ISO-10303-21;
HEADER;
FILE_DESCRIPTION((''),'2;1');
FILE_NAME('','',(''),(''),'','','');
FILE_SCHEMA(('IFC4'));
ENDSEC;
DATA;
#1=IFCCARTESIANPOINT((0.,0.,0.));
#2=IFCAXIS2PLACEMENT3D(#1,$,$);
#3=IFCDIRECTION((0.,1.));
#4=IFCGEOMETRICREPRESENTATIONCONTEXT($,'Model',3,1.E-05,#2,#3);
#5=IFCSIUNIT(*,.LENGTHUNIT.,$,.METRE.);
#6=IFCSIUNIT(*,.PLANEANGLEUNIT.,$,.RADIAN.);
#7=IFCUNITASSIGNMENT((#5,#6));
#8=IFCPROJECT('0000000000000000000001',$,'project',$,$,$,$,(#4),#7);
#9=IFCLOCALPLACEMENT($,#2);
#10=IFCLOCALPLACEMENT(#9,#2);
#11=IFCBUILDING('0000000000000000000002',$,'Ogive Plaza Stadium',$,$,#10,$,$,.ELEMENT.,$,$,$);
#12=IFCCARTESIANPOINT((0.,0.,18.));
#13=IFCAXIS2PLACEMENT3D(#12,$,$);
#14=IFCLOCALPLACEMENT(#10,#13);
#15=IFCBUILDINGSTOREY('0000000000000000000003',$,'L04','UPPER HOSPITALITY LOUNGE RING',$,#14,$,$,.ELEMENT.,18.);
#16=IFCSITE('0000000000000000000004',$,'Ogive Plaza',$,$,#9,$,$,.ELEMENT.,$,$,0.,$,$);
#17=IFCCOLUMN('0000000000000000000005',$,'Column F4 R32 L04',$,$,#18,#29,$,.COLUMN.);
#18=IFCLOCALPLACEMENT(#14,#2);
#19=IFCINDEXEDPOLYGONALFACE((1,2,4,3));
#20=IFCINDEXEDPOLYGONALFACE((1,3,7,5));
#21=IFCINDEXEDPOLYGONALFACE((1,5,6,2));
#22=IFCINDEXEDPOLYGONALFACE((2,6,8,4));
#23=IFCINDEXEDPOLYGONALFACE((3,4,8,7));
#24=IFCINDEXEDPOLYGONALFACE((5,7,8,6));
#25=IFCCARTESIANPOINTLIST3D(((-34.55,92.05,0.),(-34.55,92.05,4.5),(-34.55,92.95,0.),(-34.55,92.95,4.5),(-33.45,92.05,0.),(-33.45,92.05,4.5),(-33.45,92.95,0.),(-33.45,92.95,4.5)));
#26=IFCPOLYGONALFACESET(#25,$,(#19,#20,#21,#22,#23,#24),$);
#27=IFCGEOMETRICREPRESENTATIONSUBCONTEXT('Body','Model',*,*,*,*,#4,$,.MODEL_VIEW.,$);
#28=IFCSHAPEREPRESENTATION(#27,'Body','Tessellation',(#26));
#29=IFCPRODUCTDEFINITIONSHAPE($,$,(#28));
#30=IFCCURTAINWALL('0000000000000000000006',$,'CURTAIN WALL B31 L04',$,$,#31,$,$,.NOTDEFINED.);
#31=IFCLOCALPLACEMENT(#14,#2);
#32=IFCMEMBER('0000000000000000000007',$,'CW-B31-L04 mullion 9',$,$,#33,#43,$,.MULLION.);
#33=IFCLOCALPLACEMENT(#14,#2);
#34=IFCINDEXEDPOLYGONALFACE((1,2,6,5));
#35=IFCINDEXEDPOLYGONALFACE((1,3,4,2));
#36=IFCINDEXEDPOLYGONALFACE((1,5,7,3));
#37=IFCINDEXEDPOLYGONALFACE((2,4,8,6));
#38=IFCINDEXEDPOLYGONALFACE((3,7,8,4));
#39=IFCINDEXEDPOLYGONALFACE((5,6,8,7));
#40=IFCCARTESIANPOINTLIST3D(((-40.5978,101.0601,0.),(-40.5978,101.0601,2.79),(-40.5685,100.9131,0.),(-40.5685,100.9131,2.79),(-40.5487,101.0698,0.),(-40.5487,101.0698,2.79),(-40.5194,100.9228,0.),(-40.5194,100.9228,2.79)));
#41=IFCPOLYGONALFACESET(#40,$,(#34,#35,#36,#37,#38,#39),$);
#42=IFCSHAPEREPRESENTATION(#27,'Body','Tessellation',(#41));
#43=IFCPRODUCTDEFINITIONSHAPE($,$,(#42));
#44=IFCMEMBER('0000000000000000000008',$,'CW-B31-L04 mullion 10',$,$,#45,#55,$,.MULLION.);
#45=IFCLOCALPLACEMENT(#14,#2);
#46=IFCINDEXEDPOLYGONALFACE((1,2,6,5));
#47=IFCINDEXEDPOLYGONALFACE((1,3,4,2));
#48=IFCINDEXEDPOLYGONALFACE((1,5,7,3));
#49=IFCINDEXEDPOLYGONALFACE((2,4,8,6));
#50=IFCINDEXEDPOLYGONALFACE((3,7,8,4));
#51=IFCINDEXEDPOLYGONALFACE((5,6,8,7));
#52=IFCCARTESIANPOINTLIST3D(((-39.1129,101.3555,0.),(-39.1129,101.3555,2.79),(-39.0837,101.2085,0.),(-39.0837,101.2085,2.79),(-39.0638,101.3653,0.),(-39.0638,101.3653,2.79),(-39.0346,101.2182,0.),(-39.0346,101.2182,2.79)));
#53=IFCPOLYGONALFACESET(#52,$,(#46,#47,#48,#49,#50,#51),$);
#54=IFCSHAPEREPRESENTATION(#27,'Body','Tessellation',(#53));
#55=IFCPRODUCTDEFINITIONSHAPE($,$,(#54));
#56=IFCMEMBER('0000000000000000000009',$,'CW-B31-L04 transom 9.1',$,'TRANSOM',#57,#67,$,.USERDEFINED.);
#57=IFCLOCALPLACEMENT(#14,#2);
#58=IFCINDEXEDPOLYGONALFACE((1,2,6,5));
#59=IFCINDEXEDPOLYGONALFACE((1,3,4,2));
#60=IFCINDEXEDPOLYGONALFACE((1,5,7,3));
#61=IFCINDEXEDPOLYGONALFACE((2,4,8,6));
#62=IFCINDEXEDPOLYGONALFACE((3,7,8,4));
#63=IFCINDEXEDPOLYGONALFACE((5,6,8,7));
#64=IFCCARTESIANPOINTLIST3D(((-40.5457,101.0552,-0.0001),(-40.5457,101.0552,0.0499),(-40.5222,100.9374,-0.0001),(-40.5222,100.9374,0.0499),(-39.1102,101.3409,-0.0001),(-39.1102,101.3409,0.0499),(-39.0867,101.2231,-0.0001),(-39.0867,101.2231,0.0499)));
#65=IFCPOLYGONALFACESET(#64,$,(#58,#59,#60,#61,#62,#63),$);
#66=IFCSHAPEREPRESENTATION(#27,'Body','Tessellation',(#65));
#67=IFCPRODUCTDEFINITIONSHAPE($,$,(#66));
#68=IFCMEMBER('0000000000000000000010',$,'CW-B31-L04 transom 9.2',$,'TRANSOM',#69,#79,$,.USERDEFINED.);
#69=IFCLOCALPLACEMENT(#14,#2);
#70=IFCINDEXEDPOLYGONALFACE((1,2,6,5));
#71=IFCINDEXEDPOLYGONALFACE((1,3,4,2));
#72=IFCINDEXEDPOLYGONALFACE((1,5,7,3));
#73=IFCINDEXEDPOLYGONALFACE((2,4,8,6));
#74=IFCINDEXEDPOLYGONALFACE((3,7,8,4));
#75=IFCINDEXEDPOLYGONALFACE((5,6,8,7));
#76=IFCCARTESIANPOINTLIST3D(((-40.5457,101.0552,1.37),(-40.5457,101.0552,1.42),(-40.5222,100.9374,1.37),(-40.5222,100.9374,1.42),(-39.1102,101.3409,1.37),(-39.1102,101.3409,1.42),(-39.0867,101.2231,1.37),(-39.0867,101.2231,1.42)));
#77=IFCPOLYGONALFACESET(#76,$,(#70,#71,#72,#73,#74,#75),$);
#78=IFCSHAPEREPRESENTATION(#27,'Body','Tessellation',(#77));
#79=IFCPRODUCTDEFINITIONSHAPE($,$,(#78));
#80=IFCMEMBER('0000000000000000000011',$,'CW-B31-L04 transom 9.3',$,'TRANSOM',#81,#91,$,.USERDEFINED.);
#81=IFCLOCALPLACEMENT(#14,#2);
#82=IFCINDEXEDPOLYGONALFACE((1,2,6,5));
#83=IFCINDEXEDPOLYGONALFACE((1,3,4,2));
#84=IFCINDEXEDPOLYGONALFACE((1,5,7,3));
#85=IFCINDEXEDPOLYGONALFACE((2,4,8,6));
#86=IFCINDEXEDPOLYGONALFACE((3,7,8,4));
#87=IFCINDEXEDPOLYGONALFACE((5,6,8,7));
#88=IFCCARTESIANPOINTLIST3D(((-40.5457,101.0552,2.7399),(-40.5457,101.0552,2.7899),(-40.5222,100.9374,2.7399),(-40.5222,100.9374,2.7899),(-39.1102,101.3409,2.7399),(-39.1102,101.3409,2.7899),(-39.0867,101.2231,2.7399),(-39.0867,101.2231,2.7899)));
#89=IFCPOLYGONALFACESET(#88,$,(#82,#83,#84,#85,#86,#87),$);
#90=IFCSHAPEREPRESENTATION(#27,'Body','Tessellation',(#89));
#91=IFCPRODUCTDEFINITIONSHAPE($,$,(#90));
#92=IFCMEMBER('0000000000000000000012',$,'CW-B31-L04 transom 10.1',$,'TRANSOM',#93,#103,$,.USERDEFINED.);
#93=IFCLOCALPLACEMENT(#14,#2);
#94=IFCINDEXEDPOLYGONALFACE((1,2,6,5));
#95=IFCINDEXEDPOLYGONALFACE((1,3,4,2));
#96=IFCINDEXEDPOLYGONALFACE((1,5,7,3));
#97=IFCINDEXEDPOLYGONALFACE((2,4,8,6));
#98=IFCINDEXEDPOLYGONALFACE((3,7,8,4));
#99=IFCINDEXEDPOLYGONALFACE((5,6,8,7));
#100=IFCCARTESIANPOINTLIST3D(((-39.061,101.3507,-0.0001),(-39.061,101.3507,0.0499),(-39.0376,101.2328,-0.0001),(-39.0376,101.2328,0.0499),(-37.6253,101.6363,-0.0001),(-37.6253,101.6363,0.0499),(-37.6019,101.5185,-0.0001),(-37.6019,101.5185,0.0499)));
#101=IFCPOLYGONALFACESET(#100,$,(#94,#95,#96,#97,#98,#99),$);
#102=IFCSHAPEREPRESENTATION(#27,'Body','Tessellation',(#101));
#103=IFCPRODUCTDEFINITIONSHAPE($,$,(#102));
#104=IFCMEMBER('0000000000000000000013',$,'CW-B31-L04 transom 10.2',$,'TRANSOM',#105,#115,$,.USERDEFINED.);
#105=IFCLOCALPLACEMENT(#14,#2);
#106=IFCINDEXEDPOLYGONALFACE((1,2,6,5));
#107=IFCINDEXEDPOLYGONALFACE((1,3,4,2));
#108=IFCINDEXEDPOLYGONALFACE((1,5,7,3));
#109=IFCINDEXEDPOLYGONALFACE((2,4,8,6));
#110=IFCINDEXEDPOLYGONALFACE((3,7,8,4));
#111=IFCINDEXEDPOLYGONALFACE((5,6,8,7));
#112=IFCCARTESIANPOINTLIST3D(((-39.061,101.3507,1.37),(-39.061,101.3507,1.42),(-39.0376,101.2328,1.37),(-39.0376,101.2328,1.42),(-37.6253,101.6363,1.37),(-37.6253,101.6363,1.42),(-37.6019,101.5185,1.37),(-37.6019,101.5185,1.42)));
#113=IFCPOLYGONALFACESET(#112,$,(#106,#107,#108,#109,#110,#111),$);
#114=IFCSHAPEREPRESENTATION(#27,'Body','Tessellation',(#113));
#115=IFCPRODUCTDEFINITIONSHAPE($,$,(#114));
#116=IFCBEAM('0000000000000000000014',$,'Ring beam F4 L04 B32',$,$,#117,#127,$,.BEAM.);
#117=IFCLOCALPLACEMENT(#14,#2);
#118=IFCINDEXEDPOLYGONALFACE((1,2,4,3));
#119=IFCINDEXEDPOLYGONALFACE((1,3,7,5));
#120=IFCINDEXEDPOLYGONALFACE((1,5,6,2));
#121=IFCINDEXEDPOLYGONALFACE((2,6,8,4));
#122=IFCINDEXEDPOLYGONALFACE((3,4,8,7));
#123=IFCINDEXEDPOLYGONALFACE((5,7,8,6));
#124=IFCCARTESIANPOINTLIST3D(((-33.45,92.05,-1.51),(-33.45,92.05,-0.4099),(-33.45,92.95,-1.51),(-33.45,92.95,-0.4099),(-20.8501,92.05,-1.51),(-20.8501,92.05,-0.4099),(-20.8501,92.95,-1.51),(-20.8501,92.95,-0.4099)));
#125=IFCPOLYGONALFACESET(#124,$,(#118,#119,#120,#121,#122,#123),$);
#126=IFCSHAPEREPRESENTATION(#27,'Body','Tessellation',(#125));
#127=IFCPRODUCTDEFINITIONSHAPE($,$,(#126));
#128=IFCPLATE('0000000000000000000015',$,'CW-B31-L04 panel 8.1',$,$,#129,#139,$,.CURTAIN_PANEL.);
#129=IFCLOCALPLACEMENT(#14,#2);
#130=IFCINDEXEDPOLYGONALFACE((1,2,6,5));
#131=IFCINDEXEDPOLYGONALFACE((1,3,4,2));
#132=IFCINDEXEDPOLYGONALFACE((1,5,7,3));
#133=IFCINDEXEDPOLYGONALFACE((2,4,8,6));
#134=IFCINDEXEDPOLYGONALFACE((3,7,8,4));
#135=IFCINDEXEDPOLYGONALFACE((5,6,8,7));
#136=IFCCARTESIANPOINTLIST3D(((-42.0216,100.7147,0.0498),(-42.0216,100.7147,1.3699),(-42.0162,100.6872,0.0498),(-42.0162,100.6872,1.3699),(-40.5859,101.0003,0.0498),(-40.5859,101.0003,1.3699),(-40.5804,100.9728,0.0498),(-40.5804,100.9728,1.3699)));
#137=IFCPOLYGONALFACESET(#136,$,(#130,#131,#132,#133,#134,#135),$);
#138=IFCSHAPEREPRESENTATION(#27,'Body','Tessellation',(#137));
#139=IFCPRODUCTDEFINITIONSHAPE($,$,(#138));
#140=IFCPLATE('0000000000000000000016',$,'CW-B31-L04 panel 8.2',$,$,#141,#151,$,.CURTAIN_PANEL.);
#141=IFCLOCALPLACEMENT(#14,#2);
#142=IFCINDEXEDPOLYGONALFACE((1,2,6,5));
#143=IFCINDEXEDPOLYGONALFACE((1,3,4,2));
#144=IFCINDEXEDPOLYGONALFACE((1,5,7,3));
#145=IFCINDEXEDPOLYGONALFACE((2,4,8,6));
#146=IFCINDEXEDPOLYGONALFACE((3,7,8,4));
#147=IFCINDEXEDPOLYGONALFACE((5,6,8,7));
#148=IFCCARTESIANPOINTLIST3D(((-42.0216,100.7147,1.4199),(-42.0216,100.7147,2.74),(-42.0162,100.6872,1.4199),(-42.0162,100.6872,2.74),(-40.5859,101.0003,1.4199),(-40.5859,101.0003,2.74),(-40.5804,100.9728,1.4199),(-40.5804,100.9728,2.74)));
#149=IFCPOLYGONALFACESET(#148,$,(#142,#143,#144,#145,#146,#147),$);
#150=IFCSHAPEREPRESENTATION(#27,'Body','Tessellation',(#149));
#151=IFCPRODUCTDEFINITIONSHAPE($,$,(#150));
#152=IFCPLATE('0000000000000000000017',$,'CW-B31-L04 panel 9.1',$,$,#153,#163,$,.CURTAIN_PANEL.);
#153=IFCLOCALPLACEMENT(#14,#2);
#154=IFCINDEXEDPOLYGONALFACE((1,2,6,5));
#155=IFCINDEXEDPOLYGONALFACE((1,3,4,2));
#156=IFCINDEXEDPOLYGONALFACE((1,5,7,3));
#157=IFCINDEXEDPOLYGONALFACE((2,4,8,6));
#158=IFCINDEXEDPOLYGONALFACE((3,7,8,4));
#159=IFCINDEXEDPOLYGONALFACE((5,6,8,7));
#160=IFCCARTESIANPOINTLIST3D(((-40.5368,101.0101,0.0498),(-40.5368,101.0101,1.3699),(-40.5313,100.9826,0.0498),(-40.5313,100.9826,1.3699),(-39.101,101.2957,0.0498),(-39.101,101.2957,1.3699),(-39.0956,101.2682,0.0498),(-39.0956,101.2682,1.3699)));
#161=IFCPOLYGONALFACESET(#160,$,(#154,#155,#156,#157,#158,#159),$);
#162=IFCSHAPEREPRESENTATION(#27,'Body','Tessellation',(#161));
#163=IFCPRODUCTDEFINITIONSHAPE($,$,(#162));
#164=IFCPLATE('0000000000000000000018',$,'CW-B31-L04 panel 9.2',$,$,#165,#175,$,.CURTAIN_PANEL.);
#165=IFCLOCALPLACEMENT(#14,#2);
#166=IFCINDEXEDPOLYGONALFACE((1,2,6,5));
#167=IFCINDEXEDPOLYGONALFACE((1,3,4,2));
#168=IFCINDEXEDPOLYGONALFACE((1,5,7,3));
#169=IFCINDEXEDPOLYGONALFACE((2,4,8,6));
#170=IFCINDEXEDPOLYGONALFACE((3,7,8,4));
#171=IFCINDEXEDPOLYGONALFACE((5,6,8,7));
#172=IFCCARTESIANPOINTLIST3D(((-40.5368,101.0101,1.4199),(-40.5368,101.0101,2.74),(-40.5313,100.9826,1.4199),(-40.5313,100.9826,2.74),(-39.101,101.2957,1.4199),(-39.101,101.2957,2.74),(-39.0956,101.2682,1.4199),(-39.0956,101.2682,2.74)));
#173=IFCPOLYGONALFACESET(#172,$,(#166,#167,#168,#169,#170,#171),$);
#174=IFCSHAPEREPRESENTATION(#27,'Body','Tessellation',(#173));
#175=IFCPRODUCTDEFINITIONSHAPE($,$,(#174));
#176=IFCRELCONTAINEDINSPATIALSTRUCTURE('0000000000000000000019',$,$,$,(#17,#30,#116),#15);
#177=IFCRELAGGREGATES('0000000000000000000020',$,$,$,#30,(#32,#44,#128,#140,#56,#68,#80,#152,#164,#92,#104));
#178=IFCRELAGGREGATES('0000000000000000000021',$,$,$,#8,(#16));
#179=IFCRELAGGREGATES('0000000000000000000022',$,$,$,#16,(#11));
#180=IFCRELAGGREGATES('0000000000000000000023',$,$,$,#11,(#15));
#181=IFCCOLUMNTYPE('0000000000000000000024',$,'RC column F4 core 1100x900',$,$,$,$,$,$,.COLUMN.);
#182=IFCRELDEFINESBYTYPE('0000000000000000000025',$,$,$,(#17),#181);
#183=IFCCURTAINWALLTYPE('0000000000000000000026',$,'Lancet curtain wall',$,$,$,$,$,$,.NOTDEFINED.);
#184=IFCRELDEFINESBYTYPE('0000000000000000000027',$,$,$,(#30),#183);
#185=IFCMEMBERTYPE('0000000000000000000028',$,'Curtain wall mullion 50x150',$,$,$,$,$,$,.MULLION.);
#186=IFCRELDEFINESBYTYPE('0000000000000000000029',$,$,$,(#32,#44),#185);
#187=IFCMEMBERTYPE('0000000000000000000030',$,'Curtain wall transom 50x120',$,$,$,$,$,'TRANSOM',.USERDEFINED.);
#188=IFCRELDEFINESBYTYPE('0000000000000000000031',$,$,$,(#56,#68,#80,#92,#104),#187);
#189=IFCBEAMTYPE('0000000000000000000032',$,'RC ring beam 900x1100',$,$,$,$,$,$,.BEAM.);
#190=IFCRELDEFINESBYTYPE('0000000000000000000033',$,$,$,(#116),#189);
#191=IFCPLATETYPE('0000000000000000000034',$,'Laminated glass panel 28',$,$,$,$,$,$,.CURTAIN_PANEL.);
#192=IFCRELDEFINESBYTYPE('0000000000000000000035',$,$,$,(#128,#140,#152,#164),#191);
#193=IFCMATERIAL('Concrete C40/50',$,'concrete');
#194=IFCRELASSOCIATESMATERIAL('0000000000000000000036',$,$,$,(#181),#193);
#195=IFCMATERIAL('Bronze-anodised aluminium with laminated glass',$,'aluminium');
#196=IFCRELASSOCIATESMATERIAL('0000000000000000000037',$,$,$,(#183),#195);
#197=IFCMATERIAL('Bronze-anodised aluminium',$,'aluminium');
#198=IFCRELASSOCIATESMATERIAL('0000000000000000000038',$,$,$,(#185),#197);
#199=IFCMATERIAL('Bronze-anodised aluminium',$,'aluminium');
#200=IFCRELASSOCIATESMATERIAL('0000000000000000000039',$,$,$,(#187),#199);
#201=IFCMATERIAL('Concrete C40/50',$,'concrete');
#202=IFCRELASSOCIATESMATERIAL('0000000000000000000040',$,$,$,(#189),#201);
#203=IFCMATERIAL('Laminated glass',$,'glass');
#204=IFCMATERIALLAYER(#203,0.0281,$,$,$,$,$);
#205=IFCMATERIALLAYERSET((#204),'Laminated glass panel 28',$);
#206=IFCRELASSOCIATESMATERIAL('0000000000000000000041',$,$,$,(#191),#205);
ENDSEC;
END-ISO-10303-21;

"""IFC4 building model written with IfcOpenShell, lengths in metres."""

from ifc_helpers import new_model, si_unit, direction, frame, origin, origin_2d, place, context, subcontext, project, spatial, rectangle, extrude, material, layer, layer_set, material_profile, profile_set, type_object, element, aggregate, save


model = new_model("IFC4")

# Units and contexts
model_context = context("Model", 3, precision=1e-05, world=origin(), true_north=direction((0.0, 1.0)))
body_context = subcontext(model_context, "Body", "Model", "MODEL_VIEW")
ifc_project = project(units=[si_unit("LENGTHUNIT", "METRE"), si_unit("PLANEANGLEUNIT", "RADIAN")], contexts=[model_context])

# Site, building, storey
site_placement = place(None, origin())
site = spatial("IfcSite", under=ifc_project, at=site_placement, Name="Ogive Plaza", CompositionType="ELEMENT", RefElevation=0.0)
building_placement = place(site_placement, origin())
building = spatial("IfcBuilding", under=site, at=building_placement, Name="Ogive Plaza Stadium", CompositionType="ELEMENT")
storey_placement = place(building_placement, frame((0.0, 0.0, 18.0)))
storey = spatial("IfcBuildingStorey", under=building, at=storey_placement, Name="L04", Description="UPPER HOSPITALITY LOUNGE RING", CompositionType="ELEMENT", Elevation=18.0)

# Column
ifc_material_1 = material(Name="Concrete C40/50", Category="concrete")
ifc_material_profile_1 = material_profile(ifc_material_1, rectangle(XDim=1.1001, YDim=0.8999, at=origin_2d()), Name="RC 1100x900")
ifc_profile_set_1 = profile_set([ifc_material_profile_1], Name="Concrete C40/50")
column_type = type_object("IfcColumnType", Name="RC column F4 core 1100x900", PredefinedType="COLUMN", material=ifc_profile_set_1)
column_placement = place(storey_placement, frame((-34.0, 92.5, 0.0), z_axis=(0.0, 0.0, 1.0), x_axis=(-1.0, 0.0, 0.0)))
element("IfcColumn", 1, at=column_placement, inside=storey, type_object=column_type, Name="Column F4 R32 L04", PredefinedType="COLUMN", context=body_context, shape_type="SweptSolid", body=[
    extrude(rectangle(XDim=1.1001, YDim=0.8999, at=origin_2d()), origin(), (0.0, 0.0, 1.0), 4.5),
])

# Curtain wall, members
ifc_material_2 = material(Name="Bronze-anodised aluminium with laminated glass", Category="aluminium")
curtain_wall_type = type_object("IfcCurtainWallType", Name="Lancet curtain wall", PredefinedType="NOTDEFINED", material=ifc_material_2)
curtain_wall_placement = place(storey_placement, origin())
curtain_wall = element("IfcCurtainWall", 2, at=curtain_wall_placement, inside=storey, type_object=curtain_wall_type, Name="CURTAIN WALL B31 L04", PredefinedType="NOTDEFINED")
ifc_material_3 = material(Name="Bronze-anodised aluminium", Category="aluminium")
ifc_material_profile_2 = material_profile(ifc_material_3, rectangle(XDim=0.1499, YDim=0.05, at=origin_2d()), Name="AL 150x50")
ifc_profile_set_2 = profile_set([ifc_material_profile_2], Name="Bronze-anodised aluminium")
member_type_1 = type_object("IfcMemberType", Name="Curtain wall mullion 50x150", PredefinedType="MULLION", material=ifc_profile_set_2)
member_1_placement = place(storey_placement, frame((-40.5586, 100.9915, 0.0), z_axis=(0.0, 0.0, 1.0), x_axis=(-0.19509, 0.980785, 0.0)))
member_1 = element("IfcMember", 3, at=member_1_placement, type_object=member_type_1, Name="CW-B31-L04 mullion 9", PredefinedType="MULLION", context=body_context, shape_type="SweptSolid", body=[
    extrude(rectangle(XDim=0.1499, YDim=0.05, at=origin_2d()), origin(), (0.0, 0.0, 1.0), 2.79),
])
member_2_placement = place(storey_placement, frame((-39.0737, 101.2869, 0.0), z_axis=(0.0, 0.0, 1.0), x_axis=(-0.19509, 0.980785, 0.0)))
member_2 = element("IfcMember", 4, at=member_2_placement, type_object=member_type_1, Name="CW-B31-L04 mullion 10", PredefinedType="MULLION", context=body_context, shape_type="SweptSolid", body=[
    extrude(rectangle(XDim=0.1499, YDim=0.05, at=origin_2d()), origin(), (0.0, 0.0, 1.0), 2.79),
])
ifc_material_4 = material(Name="Bronze-anodised aluminium", Category="aluminium")
ifc_material_profile_3 = material_profile(ifc_material_4, rectangle(XDim=0.1201, YDim=0.05, at=origin_2d()), Name="AL 120x50")
ifc_profile_set_3 = profile_set([ifc_material_profile_3], Name="Bronze-anodised aluminium")
member_type_2 = type_object("IfcMemberType", Name="Curtain wall transom 50x120", ElementType="TRANSOM", PredefinedType="USERDEFINED", material=ifc_profile_set_3)
member_3_placement = place(storey_placement, frame((-40.5339, 100.9963, 0.0249), z_axis=(0.980773, 0.195154, 0.0), x_axis=(-0.195154, 0.980773, 0.0)))
member_3 = element("IfcMember", 5, at=member_3_placement, type_object=member_type_2, Name="CW-B31-L04 transom 9.1", ObjectType="TRANSOM", PredefinedType="USERDEFINED", context=body_context, shape_type="SweptSolid", body=[
    extrude(rectangle(XDim=0.1201, YDim=0.05, at=origin_2d()), origin(), (0.0, 0.0, 1.0), 1.4636),
])
member_4_placement = place(storey_placement, frame((-40.5339, 100.9963, 1.395), z_axis=(0.980773, 0.195154, 0.0), x_axis=(-0.195154, 0.980773, 0.0)))
member_4 = element("IfcMember", 6, at=member_4_placement, type_object=member_type_2, Name="CW-B31-L04 transom 9.2", ObjectType="TRANSOM", PredefinedType="USERDEFINED", context=body_context, shape_type="SweptSolid", body=[
    extrude(rectangle(XDim=0.1201, YDim=0.05, at=origin_2d()), origin(), (0.0, 0.0, 1.0), 1.4636),
])
member_5_placement = place(storey_placement, frame((-40.5339, 100.9963, 2.7649), z_axis=(0.980773, 0.195154, 0.0), x_axis=(-0.195154, 0.980773, 0.0)))
member_5 = element("IfcMember", 7, at=member_5_placement, type_object=member_type_2, Name="CW-B31-L04 transom 9.3", ObjectType="TRANSOM", PredefinedType="USERDEFINED", context=body_context, shape_type="SweptSolid", body=[
    extrude(rectangle(XDim=0.1201, YDim=0.05, at=origin_2d()), origin(), (0.0, 0.0, 1.0), 1.4636),
])
member_6_placement = place(storey_placement, frame((-39.0493, 101.2917, 0.0249), z_axis=(0.980779, 0.195122, 0.0), x_axis=(-0.195122, 0.980779, 0.0)))
member_6 = element("IfcMember", 8, at=member_6_placement, type_object=member_type_2, Name="CW-B31-L04 transom 10.1", ObjectType="TRANSOM", PredefinedType="USERDEFINED", context=body_context, shape_type="SweptSolid", body=[
    extrude(rectangle(XDim=0.1201, YDim=0.05, at=origin_2d()), origin(), (0.0, 0.0, 1.0), 1.4639),
])
member_7_placement = place(storey_placement, frame((-39.0493, 101.2917, 1.395), z_axis=(0.980779, 0.195122, 0.0), x_axis=(-0.195122, 0.980779, 0.0)))
member_7 = element("IfcMember", 9, at=member_7_placement, type_object=member_type_2, Name="CW-B31-L04 transom 10.2", ObjectType="TRANSOM", PredefinedType="USERDEFINED", context=body_context, shape_type="SweptSolid", body=[
    extrude(rectangle(XDim=0.1201, YDim=0.05, at=origin_2d()), origin(), (0.0, 0.0, 1.0), 1.4639),
])

# Beam
ifc_material_5 = material(Name="Concrete C40/50", Category="concrete")
ifc_material_profile_4 = material_profile(ifc_material_5, rectangle(XDim=0.8999, YDim=1.1001, at=origin_2d()), Name="RC 900x1100")
ifc_profile_set_4 = profile_set([ifc_material_profile_4], Name="Concrete C40/50")
beam_type = type_object("IfcBeamType", Name="RC ring beam 900x1100", PredefinedType="BEAM", material=ifc_profile_set_4)
beam_placement = place(storey_placement, frame((-33.45, 92.5, -0.96), z_axis=(1.0, 0.0, 0.0), x_axis=(0.0, 1.0, 0.0)))
element("IfcBeam", 10, at=beam_placement, inside=storey, type_object=beam_type, Name="Ring beam F4 L04 B32", PredefinedType="BEAM", context=body_context, shape_type="SweptSolid", body=[
    extrude(rectangle(XDim=0.8999, YDim=1.1001, at=origin_2d()), origin(), (0.0, 0.0, 1.0), 12.5999),
])

# Plates
ifc_material_6 = material(Name="Laminated glass", Category="glass")
ifc_layer_1 = layer(ifc_material_6, 0.0281)
ifc_layer_set_1 = layer_set([ifc_layer_1], Name="Laminated glass panel 28")
plate_type = type_object("IfcPlateType", Name="Laminated glass panel 28", PredefinedType="CURTAIN_PANEL", material=ifc_layer_set_1)
plate_1_placement = place(storey_placement, frame((-41.301, 100.8438, 0.0498), z_axis=(0.0, 0.0, 1.0), x_axis=(0.980785, 0.19509, 0.0)))
plate_1 = element("IfcPlate", 11, at=plate_1_placement, type_object=plate_type, Name="CW-B31-L04 panel 8.1", PredefinedType="CURTAIN_PANEL", context=body_context, shape_type="SweptSolid", body=[
    extrude(rectangle(XDim=1.4639, YDim=0.0281, at=origin_2d()), origin(), (0.0, 0.0, 1.0), 1.3201),
])
plate_2_placement = place(storey_placement, frame((-41.301, 100.8438, 1.4199), z_axis=(0.0, 0.0, 1.0), x_axis=(0.980785, 0.19509, 0.0)))
plate_2 = element("IfcPlate", 12, at=plate_2_placement, type_object=plate_type, Name="CW-B31-L04 panel 8.2", PredefinedType="CURTAIN_PANEL", context=body_context, shape_type="SweptSolid", body=[
    extrude(rectangle(XDim=1.4639, YDim=0.0281, at=origin_2d()), origin(), (0.0, 0.0, 1.0), 1.3201),
])
plate_3_placement = place(storey_placement, frame((-39.8162, 101.1392, 0.0498), z_axis=(0.0, 0.0, 1.0), x_axis=(0.980785, 0.19509, 0.0)))
plate_3 = element("IfcPlate", 13, at=plate_3_placement, type_object=plate_type, Name="CW-B31-L04 panel 9.1", PredefinedType="CURTAIN_PANEL", context=body_context, shape_type="SweptSolid", body=[
    extrude(rectangle(XDim=1.4639, YDim=0.0281, at=origin_2d()), origin(), (0.0, 0.0, 1.0), 1.3201),
])
plate_4_placement = place(storey_placement, frame((-39.8162, 101.1392, 1.4199), z_axis=(0.0, 0.0, 1.0), x_axis=(0.980785, 0.19509, 0.0)))
plate_4 = element("IfcPlate", 14, at=plate_4_placement, type_object=plate_type, Name="CW-B31-L04 panel 9.2", PredefinedType="CURTAIN_PANEL", context=body_context, shape_type="SweptSolid", body=[
    extrude(rectangle(XDim=1.4639, YDim=0.0281, at=origin_2d()), origin(), (0.0, 0.0, 1.0), 1.3201),
])
aggregate(curtain_wall, [member_1, member_2, plate_1, plate_2, member_3, member_4, member_5, plate_3, plate_4, member_6, member_7])

save(model, "model.ifc")
